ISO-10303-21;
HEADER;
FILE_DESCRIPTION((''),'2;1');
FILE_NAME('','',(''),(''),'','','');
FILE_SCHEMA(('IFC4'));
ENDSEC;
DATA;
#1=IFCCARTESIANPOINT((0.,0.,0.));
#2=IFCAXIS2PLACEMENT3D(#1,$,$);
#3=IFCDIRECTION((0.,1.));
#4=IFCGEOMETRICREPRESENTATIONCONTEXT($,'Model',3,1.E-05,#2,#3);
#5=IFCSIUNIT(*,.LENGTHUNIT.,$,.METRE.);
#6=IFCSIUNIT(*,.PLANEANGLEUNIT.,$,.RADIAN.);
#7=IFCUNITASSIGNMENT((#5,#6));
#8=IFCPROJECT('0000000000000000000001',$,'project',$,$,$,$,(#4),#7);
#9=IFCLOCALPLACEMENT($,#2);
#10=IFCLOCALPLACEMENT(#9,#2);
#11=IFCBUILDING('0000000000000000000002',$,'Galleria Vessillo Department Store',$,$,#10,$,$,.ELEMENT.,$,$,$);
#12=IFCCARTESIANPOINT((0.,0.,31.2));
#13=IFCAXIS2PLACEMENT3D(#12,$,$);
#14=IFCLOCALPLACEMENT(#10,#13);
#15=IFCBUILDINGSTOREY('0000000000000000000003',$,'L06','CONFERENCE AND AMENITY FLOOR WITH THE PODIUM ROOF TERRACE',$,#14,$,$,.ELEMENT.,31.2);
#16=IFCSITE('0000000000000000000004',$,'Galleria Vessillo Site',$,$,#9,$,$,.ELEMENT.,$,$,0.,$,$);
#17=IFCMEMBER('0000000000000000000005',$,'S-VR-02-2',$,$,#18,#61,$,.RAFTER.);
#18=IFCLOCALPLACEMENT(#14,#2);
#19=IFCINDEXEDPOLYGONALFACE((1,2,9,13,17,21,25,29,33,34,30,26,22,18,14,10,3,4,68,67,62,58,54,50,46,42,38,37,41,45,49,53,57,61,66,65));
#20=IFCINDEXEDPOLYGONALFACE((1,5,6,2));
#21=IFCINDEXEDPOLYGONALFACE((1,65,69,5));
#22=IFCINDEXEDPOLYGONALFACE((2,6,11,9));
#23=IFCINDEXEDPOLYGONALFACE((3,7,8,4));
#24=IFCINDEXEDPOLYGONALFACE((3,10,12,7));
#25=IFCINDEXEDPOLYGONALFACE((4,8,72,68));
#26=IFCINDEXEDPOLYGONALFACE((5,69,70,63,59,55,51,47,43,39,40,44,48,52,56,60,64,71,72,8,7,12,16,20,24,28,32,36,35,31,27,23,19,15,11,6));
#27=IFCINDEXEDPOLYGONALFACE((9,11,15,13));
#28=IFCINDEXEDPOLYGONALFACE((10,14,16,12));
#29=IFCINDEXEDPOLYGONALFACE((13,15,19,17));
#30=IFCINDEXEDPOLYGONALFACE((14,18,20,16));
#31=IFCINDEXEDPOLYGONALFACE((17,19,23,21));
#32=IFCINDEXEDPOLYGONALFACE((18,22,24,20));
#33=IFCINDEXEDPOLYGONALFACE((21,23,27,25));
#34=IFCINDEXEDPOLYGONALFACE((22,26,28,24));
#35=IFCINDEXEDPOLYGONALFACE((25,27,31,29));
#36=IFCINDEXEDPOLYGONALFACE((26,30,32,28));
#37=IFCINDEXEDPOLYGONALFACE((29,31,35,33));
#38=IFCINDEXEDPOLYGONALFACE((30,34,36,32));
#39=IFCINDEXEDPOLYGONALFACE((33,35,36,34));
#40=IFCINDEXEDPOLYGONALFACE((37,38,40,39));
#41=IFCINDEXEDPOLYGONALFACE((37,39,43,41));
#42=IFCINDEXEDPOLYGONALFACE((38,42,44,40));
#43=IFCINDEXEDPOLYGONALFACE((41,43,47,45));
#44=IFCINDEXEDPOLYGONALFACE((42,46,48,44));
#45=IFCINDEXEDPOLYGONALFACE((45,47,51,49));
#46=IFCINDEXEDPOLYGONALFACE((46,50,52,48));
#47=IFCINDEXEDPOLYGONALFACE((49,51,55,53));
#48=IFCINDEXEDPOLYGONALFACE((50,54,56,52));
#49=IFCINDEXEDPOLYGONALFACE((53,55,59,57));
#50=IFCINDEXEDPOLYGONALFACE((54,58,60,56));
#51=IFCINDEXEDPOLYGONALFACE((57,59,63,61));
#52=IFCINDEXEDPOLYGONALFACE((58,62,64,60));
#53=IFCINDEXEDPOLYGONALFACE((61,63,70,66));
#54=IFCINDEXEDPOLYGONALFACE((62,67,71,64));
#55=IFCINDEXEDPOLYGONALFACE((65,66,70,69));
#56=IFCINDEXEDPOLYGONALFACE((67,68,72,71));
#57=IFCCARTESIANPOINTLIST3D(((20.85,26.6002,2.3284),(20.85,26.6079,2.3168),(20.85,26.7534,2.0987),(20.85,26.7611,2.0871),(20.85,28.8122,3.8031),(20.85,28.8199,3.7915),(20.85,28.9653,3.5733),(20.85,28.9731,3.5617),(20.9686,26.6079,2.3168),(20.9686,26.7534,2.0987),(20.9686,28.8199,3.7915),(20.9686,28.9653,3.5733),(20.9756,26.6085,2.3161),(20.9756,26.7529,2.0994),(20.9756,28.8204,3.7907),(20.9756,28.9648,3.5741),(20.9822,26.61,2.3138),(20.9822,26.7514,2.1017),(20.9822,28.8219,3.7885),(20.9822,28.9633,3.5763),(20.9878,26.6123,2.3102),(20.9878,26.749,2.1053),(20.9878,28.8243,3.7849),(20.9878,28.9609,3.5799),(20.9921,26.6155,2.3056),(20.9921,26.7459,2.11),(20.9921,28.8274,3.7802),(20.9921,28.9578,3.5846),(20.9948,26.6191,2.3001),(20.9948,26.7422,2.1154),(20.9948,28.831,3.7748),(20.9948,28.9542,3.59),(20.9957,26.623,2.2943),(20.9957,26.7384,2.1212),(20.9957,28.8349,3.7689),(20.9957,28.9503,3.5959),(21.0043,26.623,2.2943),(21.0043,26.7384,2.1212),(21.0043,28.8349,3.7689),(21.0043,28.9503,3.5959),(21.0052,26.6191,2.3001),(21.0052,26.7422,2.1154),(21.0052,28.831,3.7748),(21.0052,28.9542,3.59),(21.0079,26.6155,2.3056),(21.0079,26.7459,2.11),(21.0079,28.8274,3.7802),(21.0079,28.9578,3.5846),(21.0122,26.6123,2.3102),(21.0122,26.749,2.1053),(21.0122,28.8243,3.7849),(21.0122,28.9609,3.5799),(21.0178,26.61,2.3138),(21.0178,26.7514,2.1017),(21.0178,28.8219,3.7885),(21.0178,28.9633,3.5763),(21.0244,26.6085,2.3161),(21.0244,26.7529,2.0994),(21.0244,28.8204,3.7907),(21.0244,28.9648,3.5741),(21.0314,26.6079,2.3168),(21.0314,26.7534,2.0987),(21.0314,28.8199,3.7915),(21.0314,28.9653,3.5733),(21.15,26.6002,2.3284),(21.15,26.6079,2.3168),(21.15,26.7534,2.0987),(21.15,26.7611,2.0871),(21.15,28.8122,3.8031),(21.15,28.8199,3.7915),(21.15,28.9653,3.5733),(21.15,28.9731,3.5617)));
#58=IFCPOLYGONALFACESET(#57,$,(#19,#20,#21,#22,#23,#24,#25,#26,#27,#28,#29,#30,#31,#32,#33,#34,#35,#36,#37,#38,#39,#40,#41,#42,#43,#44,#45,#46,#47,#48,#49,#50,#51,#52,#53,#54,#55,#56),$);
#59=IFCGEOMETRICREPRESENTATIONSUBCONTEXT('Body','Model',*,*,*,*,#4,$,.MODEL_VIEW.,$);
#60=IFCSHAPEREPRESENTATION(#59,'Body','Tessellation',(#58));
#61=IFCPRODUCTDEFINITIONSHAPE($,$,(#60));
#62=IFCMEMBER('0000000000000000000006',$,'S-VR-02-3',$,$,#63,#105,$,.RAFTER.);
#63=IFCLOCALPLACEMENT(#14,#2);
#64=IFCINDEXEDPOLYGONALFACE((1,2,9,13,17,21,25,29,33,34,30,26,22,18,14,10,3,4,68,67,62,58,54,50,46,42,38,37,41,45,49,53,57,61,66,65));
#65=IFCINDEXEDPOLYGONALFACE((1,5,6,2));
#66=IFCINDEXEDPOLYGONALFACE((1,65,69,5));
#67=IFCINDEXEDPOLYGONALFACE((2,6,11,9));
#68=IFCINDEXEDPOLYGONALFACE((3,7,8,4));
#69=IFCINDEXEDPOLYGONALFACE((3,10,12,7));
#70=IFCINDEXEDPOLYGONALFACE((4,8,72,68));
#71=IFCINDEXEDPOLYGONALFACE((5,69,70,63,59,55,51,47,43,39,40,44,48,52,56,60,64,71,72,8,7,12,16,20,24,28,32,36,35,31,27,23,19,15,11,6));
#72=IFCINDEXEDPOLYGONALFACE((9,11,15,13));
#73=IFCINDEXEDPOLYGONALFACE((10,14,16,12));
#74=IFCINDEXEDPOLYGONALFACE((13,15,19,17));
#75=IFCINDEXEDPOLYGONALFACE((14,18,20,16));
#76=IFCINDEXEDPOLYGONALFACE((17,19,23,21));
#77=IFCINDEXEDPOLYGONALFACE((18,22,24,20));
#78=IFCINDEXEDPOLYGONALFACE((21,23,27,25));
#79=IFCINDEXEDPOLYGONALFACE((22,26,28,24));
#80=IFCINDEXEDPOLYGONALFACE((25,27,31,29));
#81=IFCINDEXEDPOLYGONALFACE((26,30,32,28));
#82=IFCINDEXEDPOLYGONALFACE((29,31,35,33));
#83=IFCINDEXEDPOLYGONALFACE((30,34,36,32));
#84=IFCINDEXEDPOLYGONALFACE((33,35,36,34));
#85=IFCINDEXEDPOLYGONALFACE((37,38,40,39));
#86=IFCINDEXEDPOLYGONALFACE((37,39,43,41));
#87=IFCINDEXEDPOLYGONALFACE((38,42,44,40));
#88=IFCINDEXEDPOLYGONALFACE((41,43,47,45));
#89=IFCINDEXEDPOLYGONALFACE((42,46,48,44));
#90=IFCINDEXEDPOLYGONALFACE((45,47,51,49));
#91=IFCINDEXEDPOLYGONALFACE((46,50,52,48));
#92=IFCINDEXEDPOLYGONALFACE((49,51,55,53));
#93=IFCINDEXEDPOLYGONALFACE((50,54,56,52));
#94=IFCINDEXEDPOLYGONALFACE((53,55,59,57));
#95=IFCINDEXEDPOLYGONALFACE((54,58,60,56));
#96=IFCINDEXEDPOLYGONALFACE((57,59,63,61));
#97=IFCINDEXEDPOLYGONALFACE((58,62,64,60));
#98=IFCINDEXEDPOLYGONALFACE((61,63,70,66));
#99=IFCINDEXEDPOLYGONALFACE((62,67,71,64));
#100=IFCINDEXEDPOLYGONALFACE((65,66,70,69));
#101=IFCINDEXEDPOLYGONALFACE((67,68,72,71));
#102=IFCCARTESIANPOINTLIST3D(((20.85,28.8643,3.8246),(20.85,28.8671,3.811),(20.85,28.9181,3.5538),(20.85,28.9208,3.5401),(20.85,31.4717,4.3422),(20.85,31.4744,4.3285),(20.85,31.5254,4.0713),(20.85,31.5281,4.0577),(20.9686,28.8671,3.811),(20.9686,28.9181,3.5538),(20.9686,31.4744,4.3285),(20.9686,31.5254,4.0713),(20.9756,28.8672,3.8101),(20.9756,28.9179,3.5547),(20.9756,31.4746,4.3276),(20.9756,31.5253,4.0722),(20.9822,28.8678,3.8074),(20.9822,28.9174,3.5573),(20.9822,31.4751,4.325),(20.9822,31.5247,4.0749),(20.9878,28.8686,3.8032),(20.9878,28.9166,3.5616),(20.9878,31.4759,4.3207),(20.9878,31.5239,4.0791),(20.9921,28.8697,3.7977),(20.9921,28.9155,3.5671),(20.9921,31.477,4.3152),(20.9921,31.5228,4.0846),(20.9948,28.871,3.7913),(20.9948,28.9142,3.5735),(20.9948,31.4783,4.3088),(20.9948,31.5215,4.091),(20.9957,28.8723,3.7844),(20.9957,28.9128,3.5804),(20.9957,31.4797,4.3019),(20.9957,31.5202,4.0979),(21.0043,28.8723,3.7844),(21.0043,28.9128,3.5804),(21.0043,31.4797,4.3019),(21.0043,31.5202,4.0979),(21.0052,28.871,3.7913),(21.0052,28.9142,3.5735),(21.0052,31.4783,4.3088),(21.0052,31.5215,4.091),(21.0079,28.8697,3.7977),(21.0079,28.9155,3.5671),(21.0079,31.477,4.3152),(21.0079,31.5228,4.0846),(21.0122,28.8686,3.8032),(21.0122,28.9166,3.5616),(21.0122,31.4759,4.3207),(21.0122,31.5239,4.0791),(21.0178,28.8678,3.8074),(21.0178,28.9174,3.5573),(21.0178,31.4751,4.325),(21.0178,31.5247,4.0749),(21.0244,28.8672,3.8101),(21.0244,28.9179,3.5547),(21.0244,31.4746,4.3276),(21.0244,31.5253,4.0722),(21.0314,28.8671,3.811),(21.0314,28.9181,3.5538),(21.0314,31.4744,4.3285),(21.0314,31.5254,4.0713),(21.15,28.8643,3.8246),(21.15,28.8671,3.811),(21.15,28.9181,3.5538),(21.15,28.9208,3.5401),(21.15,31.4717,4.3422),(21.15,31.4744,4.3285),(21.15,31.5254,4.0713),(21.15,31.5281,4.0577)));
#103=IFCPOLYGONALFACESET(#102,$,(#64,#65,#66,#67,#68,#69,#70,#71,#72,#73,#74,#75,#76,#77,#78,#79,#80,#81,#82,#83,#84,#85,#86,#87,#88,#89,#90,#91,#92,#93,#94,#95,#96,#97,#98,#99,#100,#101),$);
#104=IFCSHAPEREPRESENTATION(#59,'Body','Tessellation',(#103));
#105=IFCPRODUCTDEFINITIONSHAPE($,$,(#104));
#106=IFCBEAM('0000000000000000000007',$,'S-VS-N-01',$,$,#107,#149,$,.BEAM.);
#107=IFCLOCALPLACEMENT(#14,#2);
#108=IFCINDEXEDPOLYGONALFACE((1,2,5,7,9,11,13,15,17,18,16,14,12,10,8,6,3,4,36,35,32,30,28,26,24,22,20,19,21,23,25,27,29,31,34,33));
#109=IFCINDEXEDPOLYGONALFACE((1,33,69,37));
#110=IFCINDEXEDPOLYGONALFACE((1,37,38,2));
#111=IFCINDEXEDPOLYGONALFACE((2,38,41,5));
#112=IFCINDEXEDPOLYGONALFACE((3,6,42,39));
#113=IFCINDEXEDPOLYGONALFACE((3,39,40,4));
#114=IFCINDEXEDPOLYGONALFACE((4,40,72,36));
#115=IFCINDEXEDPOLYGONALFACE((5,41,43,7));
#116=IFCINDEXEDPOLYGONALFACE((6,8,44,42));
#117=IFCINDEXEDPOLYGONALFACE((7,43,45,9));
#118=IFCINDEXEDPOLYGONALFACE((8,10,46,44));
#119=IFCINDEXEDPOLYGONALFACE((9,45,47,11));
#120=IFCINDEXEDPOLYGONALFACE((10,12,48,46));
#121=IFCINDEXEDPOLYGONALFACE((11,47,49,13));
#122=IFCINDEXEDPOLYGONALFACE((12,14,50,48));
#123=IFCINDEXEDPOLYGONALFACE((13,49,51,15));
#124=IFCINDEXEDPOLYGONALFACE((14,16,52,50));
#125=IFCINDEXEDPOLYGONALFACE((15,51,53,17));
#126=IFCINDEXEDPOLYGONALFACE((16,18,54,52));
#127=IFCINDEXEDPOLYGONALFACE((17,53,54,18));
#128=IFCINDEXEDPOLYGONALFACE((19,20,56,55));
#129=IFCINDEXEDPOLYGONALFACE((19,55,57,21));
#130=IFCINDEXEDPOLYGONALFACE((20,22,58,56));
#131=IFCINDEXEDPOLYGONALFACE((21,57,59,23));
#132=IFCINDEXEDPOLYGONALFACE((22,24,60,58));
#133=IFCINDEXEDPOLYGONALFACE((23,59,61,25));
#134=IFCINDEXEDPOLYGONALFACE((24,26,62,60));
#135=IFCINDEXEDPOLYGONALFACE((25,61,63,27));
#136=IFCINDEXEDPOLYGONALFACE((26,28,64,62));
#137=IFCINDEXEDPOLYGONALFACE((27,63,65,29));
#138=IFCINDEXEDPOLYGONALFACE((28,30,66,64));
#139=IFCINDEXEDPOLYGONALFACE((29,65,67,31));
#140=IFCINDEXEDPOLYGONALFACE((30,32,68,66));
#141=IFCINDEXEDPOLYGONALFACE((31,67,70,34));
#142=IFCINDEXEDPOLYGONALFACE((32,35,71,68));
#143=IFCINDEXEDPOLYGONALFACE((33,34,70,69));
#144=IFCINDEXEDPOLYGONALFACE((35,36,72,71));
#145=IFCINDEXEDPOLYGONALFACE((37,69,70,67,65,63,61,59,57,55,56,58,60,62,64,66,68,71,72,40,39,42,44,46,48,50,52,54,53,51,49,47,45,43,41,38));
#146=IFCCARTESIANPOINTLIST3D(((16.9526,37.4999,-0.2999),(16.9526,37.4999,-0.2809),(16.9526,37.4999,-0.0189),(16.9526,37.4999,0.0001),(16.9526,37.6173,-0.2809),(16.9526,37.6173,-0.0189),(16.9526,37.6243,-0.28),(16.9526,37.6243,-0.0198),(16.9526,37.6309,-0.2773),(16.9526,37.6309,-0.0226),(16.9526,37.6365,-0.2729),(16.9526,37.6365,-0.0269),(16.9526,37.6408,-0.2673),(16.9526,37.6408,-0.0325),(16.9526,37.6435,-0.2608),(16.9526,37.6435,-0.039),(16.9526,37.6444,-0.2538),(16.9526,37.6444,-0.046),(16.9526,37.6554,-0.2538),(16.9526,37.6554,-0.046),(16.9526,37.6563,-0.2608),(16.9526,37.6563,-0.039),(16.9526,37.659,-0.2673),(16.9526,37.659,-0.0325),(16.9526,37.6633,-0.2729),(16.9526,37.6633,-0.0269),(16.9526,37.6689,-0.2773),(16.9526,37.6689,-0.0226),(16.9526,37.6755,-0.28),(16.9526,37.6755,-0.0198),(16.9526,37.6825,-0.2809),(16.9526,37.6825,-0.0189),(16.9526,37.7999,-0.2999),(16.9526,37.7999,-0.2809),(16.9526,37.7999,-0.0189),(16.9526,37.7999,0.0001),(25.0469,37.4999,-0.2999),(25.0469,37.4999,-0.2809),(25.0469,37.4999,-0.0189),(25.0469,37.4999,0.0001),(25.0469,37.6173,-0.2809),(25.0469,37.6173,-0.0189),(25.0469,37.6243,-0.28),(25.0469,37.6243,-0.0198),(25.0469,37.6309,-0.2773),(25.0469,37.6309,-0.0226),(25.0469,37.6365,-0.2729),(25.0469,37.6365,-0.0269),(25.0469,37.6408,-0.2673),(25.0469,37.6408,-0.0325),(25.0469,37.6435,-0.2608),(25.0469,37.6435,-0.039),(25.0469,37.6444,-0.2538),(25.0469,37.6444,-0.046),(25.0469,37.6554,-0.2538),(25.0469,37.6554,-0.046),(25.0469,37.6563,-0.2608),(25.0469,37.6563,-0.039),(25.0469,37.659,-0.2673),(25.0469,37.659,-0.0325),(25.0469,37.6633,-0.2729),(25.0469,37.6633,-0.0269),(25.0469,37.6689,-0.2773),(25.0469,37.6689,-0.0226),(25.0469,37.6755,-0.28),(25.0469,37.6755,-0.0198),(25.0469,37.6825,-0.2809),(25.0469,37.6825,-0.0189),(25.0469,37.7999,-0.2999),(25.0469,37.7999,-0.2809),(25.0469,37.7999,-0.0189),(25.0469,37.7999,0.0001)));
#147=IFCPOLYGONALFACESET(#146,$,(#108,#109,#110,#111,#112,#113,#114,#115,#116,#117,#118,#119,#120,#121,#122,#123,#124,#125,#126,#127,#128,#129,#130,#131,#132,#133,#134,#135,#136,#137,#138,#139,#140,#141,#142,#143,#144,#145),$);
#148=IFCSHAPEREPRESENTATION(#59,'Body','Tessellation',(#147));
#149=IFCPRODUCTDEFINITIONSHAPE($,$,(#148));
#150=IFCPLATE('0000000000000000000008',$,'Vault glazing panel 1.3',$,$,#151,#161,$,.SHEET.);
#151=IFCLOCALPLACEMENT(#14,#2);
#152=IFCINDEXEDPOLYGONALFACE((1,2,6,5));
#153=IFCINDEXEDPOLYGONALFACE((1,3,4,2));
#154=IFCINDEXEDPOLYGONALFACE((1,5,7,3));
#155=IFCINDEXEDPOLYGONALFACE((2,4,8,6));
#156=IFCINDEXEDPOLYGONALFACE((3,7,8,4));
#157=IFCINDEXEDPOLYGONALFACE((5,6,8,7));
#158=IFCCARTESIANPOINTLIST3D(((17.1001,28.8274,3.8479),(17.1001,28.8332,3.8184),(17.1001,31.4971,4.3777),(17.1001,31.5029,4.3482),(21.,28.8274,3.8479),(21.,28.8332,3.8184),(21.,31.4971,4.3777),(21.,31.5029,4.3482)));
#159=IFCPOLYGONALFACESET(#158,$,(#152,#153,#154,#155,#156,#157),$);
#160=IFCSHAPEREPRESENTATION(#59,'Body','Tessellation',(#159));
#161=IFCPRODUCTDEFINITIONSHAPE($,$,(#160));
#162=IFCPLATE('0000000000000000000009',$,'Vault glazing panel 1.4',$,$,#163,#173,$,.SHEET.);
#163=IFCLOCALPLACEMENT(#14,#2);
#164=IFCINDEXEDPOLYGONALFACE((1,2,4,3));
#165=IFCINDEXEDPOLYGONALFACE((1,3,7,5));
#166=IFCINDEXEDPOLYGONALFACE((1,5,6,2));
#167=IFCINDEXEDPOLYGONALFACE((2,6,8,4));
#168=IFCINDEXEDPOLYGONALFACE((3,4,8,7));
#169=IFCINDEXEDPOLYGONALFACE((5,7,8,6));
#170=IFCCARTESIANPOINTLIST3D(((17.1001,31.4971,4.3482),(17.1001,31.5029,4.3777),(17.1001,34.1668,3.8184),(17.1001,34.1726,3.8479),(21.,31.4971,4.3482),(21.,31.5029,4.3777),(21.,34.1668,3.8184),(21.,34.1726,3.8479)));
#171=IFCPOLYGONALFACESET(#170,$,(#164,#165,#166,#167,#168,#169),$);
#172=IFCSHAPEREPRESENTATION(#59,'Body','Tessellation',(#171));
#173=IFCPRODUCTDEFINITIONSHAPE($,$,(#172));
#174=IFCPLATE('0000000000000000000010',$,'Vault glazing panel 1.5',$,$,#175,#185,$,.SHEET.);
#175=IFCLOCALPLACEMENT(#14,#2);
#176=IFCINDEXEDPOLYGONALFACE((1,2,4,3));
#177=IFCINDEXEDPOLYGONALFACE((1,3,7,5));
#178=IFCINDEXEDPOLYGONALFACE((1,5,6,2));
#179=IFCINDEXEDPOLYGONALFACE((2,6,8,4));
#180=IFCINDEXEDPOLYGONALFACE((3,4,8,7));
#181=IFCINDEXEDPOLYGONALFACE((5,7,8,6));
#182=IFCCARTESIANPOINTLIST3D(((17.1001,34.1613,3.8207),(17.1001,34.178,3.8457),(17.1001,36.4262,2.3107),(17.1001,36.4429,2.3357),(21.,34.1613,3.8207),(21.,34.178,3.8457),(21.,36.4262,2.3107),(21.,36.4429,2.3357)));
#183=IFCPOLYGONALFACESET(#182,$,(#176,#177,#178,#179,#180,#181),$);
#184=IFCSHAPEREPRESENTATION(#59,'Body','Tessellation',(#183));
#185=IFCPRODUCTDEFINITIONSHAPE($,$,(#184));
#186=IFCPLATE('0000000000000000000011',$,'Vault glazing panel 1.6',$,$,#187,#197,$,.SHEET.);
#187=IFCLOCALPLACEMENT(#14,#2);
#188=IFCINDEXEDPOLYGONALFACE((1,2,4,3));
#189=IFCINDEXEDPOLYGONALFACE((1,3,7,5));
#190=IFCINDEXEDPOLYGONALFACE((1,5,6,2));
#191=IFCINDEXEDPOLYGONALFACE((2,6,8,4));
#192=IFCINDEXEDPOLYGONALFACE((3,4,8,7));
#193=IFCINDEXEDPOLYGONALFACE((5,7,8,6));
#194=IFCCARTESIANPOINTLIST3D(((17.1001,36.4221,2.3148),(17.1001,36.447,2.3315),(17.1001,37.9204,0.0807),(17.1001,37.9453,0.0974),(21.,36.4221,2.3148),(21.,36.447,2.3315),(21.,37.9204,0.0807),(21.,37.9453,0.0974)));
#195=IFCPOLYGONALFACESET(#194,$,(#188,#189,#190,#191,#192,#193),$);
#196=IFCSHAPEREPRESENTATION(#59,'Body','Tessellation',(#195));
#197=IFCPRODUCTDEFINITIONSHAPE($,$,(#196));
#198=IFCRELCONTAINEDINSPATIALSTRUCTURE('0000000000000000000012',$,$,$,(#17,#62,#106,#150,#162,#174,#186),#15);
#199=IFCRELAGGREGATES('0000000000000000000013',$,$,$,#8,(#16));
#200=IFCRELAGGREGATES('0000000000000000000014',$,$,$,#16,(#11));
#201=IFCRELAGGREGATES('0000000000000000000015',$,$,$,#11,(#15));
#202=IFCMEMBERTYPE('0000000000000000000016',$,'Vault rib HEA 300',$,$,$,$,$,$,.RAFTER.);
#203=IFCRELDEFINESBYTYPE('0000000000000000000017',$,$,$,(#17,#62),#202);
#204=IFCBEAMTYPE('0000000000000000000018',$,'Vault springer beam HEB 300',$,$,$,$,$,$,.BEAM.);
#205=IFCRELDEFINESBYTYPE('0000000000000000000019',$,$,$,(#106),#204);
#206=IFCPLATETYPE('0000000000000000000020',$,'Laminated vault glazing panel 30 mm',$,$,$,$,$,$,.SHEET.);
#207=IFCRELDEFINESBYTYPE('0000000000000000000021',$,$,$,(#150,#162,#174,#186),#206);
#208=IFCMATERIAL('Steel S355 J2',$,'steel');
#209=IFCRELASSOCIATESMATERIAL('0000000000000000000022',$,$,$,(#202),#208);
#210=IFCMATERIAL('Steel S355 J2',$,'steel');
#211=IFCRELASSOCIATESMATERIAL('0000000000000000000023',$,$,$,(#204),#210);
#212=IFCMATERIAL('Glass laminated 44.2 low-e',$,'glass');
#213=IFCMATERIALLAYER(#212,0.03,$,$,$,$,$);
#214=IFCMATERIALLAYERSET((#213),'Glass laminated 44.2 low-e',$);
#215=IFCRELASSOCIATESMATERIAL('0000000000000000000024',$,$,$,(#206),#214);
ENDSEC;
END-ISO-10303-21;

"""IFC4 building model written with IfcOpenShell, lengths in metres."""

from ifc_helpers import new_model, si_unit, direction, frame, origin, origin_2d, place, context, subcontext, project, spatial, polyline, i_section, outline, extrude, material, layer, layer_set, material_profile, profile_set, type_object, element, save


model = new_model("IFC4")

# Units and contexts
model_context = context("Model", 3, precision=1e-05, world=origin(), true_north=direction((0.0, 1.0)))
body_context = subcontext(model_context, "Body", "Model", "MODEL_VIEW")
ifc_project = project(units=[si_unit("LENGTHUNIT", "METRE"), si_unit("PLANEANGLEUNIT", "RADIAN")], contexts=[model_context])

# Site, building, storey
site_placement = place(None, origin())
site = spatial("IfcSite", under=ifc_project, at=site_placement, Name="Galleria Vessillo Site", CompositionType="ELEMENT", RefElevation=0.0)
building_placement = place(site_placement, origin())
building = spatial("IfcBuilding", under=site, at=building_placement, Name="Galleria Vessillo Department Store", CompositionType="ELEMENT")
storey_placement = place(building_placement, frame((0.0, 0.0, 31.2)))
storey = spatial("IfcBuildingStorey", under=building, at=storey_placement, Name="L06", Description="CONFERENCE AND AMENITY FLOOR WITH THE PODIUM ROOF TERRACE", CompositionType="ELEMENT", Elevation=31.2)

# Members
ifc_material_1 = material(Name="Steel S355 J2", Category="steel")
ifc_material_profile_1 = material_profile(ifc_material_1, i_section(OverallWidth=0.3, OverallDepth=0.29, WebThickness=0.0085, FlangeThickness=0.0139, FilletRadius=0.0271, at=origin_2d()), Name="HEA 300")
ifc_profile_set_1 = profile_set([ifc_material_profile_1], Name="Steel S355 J2")
member_type_1 = type_object("IfcMemberType", Name="Vault rib HEA 300", PredefinedType="RAFTER", material=ifc_profile_set_1)
member_1_placement = place(storey_placement, frame((21.0, 26.6807, 2.2078), z_axis=(0.0, 0.83205, 0.5547), x_axis=(-1.0, 0.0, 0.0)))
element("IfcMember", 1, at=member_1_placement, inside=storey, type_object=member_type_1, Name="S-VR-02-2", PredefinedType="RAFTER", context=body_context, shape_type="SweptSolid", body=[
    extrude(i_section(OverallWidth=0.3, OverallDepth=0.29, WebThickness=0.0085, FlangeThickness=0.0139, FilletRadius=0.0271, at=origin_2d()), origin(), (0.0, 0.0, 1.0), 2.6584),
])
member_2_placement = place(storey_placement, frame((21.0, 28.8926, 3.6824), z_axis=(0.0, 0.980862, 0.194703), x_axis=(-1.0, 0.0, 0.0)))
element("IfcMember", 2, at=member_2_placement, inside=storey, type_object=member_type_1, Name="S-VR-02-3", PredefinedType="RAFTER", context=body_context, shape_type="SweptSolid", body=[
    extrude(i_section(OverallWidth=0.3, OverallDepth=0.29, WebThickness=0.0085, FlangeThickness=0.0139, FilletRadius=0.0271, at=origin_2d()), origin(), (0.0, 0.0, 1.0), 2.6582),
])

# Beam
ifc_material_2 = material(Name="Steel S355 J2", Category="steel")
ifc_material_profile_2 = material_profile(ifc_material_2, i_section(OverallWidth=0.3, OverallDepth=0.3, WebThickness=0.011, FlangeThickness=0.019, FilletRadius=0.0271, at=origin_2d()), Name="HEB 300")
ifc_profile_set_2 = profile_set([ifc_material_profile_2], Name="Steel S355 J2")
beam_type_1 = type_object("IfcBeamType", Name="Vault springer beam HEB 300", PredefinedType="BEAM", material=ifc_profile_set_2)
beam_1_placement = place(storey_placement, frame((16.9526, 37.6499, -0.1499), z_axis=(1.0, 0.0, 0.0), x_axis=(0.0, 1.0, 0.0)))
element("IfcBeam", 3, at=beam_1_placement, inside=storey, type_object=beam_type_1, Name="S-VS-N-01", PredefinedType="BEAM", context=body_context, shape_type="SweptSolid", body=[
    extrude(i_section(OverallWidth=0.3, OverallDepth=0.3, WebThickness=0.011, FlangeThickness=0.019, FilletRadius=0.0271, at=origin_2d()), origin(), (0.0, 0.0, 1.0), 8.0942),
])

# Plates
ifc_material_3 = material(Name="Glass laminated 44.2 low-e", Category="glass")
ifc_layer_1 = layer(ifc_material_3, 0.03)
ifc_layer_set_1 = layer_set([ifc_layer_1], Name="Glass laminated 44.2 low-e")
plate_type = type_object("IfcPlateType", Name="Laminated vault glazing panel 30 mm", PredefinedType="SHEET", material=ifc_layer_set_1)
for number, where, z_axis, x_axis, name in (
    (4, (17.1001, 28.8274, 3.8479), (0.0, -0.19465, 0.980873), (1.0, 0.0, 0.0), "Vault glazing panel 1.3"),
    (5, (17.1001, 31.5029, 4.3777), (0.0, 0.19465, 0.980873), (1.0, 0.0, 0.0), "Vault glazing panel 1.4"),
):
    element("IfcPlate", number, at=place(storey_placement, frame(where, z_axis=z_axis, x_axis=x_axis)), inside=storey, type_object=plate_type, Name=name, PredefinedType="SHEET", context=body_context, shape_type="SweptSolid", body=[
        extrude(outline(polyline([(0.0, 0.0), (3.8999, 0.0), (3.8999, 2.7217), (0.0, 2.7217), (0.0, 0.0)])), origin(), (0.0, 0.0, -1.0), 0.03),
    ])
plate_1_placement = place(storey_placement, frame((17.1001, 34.178, 3.8457), z_axis=(0.0, 0.554721, 0.832036), x_axis=(1.0, 0.0, 0.0)))
element("IfcPlate", 6, at=plate_1_placement, inside=storey, type_object=plate_type, Name="Vault glazing panel 1.5", PredefinedType="SHEET", context=body_context, shape_type="SweptSolid", body=[
    extrude(outline(polyline([(0.0, 0.0), (3.8999, 0.0), (3.8999, 2.7221), (0.0, 2.7221), (0.0, 0.0)])), origin(), (0.0, 0.0, -1.0), 0.03),
])
plate_2_placement = place(storey_placement, frame((17.1001, 36.447, 2.3315), z_axis=(0.0, 0.830525, 0.556981), x_axis=(1.0, 0.0, 0.0)))
element("IfcPlate", 7, at=plate_2_placement, inside=storey, type_object=plate_type, Name="Vault glazing panel 1.6", PredefinedType="SHEET", context=body_context, shape_type="SweptSolid", body=[
    extrude(outline(polyline([(0.0, 0.0), (3.8999, 0.0), (3.8999, 2.69), (0.0, 2.69), (0.0, 0.0)])), origin(), (0.0, 0.0, -1.0), 0.03),
])

save(model, "model.ifc")
